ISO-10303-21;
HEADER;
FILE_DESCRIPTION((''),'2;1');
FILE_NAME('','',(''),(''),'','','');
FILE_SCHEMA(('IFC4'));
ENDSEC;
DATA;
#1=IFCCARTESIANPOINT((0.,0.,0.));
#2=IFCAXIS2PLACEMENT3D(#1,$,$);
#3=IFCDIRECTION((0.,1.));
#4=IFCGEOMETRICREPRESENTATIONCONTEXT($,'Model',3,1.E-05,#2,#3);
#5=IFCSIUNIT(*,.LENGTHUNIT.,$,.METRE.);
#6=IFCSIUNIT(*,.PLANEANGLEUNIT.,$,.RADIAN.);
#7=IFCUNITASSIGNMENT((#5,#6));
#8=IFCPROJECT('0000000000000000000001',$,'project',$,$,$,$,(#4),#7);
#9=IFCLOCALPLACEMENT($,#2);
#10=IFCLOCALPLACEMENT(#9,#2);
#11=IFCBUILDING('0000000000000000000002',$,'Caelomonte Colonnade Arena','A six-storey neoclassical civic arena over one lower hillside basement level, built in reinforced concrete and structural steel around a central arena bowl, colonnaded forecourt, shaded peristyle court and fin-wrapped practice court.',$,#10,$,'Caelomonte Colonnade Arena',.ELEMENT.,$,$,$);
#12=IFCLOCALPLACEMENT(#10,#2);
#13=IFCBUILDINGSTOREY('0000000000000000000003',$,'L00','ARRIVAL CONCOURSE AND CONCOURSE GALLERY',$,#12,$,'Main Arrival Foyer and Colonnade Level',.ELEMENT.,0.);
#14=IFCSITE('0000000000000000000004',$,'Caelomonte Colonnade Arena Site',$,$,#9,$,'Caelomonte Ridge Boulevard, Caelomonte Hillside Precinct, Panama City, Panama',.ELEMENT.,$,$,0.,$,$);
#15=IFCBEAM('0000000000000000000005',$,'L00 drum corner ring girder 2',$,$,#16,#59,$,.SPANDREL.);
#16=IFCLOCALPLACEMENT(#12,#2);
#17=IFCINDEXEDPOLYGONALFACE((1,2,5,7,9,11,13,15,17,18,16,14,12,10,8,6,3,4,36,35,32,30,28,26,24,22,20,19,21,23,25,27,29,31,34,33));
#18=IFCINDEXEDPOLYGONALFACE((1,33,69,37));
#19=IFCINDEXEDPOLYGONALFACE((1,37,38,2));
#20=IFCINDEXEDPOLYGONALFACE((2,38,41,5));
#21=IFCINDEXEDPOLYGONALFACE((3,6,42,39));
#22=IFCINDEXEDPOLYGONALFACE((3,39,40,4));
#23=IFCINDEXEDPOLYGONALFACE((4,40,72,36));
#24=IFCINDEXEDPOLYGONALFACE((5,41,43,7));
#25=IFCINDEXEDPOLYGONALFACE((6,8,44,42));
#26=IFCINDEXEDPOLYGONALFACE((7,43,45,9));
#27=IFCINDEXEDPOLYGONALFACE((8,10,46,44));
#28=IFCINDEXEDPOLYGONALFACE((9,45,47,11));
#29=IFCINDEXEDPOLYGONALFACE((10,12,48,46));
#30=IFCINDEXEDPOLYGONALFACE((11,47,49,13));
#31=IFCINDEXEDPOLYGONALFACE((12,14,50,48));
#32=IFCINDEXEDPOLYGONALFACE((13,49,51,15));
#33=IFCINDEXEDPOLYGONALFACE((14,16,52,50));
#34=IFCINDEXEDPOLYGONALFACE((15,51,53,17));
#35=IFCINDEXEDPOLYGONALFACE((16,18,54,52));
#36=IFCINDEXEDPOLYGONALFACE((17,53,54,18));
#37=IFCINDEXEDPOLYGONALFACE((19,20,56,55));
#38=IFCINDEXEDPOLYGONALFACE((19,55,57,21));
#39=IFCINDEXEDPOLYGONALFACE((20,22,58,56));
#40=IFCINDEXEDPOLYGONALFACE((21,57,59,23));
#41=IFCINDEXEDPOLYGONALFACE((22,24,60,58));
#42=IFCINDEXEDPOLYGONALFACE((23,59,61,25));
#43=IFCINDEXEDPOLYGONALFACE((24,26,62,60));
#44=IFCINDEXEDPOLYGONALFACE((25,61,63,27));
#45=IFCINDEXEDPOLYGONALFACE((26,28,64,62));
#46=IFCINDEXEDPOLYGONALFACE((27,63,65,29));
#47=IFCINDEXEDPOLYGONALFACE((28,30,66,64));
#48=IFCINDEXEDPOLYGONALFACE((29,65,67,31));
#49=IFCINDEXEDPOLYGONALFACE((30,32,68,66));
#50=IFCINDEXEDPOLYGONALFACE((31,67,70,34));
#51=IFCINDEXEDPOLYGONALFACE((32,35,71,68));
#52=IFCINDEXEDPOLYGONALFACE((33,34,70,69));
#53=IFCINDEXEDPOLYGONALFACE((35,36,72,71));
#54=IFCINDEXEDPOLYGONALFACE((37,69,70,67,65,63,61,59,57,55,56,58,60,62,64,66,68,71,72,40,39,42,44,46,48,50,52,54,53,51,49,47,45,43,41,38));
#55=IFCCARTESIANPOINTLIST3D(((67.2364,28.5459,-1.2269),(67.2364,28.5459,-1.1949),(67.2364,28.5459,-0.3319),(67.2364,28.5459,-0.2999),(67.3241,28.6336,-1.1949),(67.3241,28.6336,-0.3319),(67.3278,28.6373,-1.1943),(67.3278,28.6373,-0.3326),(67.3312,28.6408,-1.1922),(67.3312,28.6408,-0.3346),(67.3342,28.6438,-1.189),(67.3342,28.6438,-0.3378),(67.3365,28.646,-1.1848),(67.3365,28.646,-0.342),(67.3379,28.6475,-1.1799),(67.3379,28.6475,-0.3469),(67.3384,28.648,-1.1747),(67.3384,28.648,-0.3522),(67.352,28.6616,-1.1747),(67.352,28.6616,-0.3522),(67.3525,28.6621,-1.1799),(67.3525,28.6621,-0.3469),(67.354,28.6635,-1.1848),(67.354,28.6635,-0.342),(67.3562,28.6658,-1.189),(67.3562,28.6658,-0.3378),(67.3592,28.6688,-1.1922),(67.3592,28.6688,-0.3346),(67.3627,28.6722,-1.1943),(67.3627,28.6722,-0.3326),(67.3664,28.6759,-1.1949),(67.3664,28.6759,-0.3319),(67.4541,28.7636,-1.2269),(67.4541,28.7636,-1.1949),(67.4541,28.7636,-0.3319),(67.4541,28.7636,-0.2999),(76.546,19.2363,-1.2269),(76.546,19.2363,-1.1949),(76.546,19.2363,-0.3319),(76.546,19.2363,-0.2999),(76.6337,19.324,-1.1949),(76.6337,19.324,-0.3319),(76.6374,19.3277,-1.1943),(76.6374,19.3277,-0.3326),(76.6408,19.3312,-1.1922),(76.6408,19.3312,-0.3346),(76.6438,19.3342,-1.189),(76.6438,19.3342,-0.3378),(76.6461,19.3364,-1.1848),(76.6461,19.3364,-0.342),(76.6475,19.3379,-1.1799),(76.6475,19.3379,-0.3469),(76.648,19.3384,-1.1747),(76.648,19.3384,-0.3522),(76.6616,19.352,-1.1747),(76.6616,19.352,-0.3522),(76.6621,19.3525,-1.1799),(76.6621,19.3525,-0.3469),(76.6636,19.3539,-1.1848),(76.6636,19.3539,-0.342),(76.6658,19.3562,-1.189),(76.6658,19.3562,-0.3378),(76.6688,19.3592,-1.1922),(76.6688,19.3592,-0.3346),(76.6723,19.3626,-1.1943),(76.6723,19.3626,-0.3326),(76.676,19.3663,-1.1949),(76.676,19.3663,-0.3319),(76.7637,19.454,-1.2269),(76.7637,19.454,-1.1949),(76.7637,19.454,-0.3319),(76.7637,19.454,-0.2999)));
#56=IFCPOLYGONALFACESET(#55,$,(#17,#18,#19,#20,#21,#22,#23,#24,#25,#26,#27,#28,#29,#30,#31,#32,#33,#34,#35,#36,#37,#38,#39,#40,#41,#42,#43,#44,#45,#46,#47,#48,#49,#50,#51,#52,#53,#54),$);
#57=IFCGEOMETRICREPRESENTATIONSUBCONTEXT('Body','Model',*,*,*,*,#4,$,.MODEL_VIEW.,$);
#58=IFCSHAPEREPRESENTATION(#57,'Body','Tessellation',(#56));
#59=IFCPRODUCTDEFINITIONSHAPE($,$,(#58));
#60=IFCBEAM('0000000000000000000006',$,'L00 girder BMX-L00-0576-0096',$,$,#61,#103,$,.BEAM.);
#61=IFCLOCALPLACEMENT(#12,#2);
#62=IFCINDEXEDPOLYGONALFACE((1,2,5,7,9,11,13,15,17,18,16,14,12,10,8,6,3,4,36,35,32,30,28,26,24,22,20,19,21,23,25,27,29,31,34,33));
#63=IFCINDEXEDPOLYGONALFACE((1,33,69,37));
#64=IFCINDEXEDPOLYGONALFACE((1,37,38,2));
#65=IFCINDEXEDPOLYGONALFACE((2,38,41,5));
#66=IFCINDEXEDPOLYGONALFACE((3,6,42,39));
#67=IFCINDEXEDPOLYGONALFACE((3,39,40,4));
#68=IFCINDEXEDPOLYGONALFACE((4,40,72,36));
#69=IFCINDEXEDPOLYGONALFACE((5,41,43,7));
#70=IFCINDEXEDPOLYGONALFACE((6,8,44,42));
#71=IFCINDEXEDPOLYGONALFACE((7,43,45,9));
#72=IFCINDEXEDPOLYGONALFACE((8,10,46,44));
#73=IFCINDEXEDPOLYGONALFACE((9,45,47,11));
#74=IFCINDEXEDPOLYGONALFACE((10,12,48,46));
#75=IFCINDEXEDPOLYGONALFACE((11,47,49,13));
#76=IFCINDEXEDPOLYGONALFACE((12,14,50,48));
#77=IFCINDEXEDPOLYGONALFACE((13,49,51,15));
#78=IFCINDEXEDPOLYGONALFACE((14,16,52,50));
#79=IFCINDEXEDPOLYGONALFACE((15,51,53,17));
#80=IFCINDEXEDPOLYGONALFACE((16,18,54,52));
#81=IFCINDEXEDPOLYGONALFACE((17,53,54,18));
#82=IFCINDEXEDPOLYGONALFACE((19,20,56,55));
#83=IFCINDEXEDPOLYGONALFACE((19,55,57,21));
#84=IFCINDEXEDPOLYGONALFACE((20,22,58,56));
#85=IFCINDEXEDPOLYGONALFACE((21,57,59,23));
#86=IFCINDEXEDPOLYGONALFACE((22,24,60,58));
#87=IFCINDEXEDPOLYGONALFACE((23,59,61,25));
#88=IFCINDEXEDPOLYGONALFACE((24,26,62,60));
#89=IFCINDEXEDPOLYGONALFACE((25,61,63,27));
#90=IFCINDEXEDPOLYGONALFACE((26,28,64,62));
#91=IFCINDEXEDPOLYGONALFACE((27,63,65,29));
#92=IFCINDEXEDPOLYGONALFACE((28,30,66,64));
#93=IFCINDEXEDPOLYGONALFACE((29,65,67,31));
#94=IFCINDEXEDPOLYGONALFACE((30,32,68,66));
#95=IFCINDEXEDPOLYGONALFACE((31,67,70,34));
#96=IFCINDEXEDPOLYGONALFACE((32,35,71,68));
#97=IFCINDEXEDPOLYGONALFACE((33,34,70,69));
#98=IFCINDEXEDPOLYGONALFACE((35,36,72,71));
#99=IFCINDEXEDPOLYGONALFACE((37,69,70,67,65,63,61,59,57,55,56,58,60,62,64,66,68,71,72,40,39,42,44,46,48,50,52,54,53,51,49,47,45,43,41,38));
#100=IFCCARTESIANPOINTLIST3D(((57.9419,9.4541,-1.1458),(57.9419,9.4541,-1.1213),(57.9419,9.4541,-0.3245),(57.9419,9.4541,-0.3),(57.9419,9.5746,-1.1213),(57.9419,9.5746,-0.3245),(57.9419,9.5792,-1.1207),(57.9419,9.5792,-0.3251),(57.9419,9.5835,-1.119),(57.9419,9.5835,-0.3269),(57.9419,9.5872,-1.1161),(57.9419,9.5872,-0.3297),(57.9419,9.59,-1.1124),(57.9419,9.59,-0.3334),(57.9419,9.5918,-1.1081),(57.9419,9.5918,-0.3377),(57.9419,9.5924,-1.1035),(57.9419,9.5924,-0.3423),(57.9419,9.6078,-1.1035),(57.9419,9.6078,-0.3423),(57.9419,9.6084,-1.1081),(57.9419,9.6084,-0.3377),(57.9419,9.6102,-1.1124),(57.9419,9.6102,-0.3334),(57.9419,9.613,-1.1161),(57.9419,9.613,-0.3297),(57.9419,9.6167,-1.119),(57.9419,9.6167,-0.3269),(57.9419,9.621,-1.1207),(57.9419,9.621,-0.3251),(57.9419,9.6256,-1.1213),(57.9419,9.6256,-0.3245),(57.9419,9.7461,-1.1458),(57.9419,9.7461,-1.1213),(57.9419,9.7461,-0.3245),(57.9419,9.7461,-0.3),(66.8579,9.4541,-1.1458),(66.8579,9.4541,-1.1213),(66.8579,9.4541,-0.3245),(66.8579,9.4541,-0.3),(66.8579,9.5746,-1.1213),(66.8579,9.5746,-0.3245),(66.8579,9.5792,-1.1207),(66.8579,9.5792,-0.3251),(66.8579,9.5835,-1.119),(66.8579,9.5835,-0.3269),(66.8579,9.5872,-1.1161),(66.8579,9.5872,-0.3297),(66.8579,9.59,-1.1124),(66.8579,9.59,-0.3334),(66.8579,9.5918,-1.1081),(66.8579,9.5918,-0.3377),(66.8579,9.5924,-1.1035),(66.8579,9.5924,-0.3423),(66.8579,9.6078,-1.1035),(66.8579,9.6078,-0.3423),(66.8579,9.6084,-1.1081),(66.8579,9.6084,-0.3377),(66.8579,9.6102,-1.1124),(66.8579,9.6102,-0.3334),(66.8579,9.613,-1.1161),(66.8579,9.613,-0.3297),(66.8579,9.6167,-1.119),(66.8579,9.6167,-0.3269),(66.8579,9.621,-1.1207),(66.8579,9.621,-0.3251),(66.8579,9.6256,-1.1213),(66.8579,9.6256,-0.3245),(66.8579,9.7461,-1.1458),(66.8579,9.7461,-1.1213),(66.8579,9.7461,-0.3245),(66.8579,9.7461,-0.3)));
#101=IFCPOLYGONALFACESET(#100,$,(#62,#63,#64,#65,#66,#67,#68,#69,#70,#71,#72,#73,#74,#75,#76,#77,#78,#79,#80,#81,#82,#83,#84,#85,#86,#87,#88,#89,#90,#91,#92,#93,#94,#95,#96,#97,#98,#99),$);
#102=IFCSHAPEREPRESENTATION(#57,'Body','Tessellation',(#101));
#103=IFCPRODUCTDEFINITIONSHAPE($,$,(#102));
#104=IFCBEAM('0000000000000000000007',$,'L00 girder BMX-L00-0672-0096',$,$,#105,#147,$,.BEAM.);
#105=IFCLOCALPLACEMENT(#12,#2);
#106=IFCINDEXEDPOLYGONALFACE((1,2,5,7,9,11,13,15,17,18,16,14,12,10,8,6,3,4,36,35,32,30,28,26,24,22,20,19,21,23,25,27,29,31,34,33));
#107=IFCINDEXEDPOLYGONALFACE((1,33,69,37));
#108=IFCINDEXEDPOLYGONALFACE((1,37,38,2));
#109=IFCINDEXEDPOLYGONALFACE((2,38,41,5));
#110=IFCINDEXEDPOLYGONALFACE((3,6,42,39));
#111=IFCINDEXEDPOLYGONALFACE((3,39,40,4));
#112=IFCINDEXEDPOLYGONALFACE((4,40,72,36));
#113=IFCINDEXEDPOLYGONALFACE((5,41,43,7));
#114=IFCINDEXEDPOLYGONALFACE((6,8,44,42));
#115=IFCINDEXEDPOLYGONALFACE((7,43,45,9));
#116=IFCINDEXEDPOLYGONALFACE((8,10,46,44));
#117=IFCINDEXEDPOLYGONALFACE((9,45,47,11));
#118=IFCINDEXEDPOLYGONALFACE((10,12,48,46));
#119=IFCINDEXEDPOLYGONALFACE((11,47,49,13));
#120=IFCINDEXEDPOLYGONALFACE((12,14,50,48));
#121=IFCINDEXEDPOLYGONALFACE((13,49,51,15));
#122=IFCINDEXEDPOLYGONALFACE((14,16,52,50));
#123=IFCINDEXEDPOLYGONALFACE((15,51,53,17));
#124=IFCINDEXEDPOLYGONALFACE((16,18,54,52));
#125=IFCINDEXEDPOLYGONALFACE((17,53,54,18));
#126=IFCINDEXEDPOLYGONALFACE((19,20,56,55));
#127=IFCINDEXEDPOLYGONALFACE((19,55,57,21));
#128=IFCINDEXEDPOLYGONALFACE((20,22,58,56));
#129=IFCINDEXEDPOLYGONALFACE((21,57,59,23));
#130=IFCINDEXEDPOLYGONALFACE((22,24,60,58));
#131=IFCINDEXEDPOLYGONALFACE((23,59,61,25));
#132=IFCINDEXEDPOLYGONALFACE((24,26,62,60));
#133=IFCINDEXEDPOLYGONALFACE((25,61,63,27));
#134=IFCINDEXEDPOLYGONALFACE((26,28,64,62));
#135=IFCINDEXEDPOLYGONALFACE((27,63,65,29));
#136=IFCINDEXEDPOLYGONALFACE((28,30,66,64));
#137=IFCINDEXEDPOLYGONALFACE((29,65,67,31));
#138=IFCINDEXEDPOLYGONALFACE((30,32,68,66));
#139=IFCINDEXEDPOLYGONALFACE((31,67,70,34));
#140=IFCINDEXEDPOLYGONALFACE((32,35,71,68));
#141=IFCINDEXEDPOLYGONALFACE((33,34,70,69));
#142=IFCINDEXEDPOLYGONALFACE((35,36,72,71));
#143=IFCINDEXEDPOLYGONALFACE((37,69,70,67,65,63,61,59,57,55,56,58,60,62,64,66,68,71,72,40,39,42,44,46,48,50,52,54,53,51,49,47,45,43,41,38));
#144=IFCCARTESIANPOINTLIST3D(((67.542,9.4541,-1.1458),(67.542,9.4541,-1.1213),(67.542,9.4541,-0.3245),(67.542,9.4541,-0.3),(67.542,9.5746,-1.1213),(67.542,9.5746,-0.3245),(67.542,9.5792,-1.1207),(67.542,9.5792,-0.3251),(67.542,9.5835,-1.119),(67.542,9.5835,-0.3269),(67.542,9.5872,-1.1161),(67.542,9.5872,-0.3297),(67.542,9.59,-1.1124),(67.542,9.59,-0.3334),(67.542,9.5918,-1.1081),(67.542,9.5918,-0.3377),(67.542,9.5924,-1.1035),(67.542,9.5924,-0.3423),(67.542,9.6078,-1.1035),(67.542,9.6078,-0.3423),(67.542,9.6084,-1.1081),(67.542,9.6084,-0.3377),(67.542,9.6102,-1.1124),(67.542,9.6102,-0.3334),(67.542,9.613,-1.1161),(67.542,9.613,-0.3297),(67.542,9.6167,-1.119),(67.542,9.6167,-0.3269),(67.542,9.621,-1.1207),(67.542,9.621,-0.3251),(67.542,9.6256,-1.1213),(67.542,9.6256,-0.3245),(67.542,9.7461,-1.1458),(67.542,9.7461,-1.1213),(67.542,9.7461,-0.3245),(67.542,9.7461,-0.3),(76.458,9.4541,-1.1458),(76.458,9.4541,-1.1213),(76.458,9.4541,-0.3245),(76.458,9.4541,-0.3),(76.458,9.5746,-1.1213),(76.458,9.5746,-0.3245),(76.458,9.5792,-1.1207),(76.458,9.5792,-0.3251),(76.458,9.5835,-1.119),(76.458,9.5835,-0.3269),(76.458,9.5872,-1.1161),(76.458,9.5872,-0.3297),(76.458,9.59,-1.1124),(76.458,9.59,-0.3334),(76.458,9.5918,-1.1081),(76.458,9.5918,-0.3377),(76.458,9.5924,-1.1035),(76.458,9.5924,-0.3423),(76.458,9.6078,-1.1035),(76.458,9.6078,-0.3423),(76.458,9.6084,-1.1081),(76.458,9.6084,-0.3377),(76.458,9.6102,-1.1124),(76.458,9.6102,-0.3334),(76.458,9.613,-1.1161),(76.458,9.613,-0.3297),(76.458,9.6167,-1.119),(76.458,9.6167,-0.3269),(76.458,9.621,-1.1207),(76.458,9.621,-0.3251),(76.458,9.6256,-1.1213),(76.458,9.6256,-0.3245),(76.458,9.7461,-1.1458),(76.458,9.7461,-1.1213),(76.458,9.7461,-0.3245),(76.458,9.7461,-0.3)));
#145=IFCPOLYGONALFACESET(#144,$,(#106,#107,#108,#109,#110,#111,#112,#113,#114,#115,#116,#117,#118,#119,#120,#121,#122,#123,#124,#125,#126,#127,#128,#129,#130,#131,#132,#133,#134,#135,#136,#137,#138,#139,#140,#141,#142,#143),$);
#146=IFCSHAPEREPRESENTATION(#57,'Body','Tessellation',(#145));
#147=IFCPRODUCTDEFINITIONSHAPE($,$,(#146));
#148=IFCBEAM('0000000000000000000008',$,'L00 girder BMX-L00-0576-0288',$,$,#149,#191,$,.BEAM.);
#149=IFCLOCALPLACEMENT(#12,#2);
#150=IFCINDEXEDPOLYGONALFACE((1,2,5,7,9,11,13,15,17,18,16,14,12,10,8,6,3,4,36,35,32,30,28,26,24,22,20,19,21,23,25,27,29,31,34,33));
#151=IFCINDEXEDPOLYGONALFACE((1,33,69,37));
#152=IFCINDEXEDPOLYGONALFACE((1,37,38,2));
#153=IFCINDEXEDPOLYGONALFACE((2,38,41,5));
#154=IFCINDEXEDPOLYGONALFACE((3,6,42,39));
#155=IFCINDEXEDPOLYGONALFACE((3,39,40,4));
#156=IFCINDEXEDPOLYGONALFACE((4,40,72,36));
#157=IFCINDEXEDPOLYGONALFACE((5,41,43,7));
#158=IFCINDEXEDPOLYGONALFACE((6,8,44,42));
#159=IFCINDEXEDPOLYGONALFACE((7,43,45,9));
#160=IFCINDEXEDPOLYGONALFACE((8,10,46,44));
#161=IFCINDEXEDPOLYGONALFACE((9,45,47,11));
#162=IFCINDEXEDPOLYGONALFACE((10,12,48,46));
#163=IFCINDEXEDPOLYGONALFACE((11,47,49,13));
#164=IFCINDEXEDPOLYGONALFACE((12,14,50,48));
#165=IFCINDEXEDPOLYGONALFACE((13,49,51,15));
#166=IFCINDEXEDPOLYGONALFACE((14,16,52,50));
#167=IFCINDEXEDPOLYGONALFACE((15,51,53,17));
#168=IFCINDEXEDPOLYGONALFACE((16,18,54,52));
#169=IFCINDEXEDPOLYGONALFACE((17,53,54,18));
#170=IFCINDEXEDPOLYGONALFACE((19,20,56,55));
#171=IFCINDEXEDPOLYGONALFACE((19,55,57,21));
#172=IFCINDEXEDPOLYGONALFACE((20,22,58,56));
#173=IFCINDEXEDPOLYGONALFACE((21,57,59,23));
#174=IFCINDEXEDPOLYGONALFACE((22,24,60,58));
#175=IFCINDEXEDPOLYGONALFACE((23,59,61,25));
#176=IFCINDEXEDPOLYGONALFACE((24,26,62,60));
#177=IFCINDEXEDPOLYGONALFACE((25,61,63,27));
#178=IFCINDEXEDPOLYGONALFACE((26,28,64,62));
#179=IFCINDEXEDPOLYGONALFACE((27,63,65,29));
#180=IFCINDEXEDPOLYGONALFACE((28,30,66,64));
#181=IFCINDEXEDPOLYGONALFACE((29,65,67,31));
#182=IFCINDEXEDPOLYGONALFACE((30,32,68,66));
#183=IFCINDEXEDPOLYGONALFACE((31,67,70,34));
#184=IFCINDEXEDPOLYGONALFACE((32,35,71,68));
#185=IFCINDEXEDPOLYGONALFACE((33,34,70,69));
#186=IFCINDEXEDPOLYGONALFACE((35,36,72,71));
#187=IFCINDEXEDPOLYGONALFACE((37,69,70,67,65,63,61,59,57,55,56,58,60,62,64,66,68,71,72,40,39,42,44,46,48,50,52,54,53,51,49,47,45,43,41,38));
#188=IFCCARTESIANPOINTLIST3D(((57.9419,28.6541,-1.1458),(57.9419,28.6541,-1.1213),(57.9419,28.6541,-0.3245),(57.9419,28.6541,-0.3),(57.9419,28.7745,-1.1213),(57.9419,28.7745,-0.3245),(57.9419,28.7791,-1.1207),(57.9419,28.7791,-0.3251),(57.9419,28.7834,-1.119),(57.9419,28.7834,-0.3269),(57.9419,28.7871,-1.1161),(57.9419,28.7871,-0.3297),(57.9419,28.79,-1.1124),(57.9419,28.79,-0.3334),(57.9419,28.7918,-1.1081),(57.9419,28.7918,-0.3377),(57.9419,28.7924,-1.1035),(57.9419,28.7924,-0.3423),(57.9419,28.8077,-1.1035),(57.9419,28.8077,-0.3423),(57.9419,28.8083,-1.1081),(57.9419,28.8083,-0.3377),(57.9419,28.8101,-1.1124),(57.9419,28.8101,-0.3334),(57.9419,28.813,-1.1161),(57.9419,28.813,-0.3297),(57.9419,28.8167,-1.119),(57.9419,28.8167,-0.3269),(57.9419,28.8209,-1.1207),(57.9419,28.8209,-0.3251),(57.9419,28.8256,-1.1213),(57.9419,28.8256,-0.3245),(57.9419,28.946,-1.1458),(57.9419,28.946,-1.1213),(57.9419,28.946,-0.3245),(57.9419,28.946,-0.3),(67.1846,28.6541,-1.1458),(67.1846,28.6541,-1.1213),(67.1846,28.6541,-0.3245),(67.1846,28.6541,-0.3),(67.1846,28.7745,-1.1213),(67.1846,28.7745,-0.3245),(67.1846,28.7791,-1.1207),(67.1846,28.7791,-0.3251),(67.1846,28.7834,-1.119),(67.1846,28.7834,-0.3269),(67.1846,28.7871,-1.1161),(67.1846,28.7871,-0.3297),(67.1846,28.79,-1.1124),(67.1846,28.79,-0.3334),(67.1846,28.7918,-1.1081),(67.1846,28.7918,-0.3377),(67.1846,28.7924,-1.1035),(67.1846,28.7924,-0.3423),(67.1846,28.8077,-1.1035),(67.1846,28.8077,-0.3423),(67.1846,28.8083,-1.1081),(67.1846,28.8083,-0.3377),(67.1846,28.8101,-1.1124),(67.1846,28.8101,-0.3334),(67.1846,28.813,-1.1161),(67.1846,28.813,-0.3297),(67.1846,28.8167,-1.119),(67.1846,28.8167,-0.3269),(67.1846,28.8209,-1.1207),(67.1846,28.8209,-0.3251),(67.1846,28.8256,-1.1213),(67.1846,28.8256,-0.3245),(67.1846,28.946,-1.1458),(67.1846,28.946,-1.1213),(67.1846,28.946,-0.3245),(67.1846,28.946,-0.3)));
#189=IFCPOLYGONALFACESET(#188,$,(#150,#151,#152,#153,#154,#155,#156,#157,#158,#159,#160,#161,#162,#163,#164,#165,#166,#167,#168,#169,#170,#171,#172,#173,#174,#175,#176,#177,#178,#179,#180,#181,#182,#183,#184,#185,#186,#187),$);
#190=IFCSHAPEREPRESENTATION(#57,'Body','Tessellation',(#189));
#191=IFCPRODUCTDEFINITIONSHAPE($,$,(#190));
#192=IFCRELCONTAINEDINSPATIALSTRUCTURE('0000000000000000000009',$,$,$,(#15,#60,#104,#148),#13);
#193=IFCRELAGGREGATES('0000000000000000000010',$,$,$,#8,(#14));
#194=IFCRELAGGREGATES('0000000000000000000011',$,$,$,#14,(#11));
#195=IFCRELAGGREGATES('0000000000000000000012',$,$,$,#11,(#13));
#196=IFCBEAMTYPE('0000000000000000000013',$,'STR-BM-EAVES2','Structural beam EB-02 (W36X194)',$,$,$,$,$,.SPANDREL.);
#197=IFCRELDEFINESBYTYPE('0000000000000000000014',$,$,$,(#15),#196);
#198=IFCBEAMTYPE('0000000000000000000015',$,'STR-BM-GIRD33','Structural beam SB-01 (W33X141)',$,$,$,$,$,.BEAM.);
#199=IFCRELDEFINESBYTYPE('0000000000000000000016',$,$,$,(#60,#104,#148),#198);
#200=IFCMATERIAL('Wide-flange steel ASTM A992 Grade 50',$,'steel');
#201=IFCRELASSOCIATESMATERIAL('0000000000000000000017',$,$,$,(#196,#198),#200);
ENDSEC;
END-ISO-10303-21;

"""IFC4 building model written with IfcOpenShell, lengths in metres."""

from ifc_helpers import new_model, si_unit, direction, frame, origin, origin_2d, place, context, subcontext, project, spatial, i_section, extrude, material, material_profile, profile_set, type_object, element, save


model = new_model("IFC4")

# Units and contexts
model_context = context("Model", 3, precision=1e-05, world=origin(), true_north=direction((0.0, 1.0)))
body_context = subcontext(model_context, "Body", "Model", "MODEL_VIEW")
ifc_project = project(units=[si_unit("LENGTHUNIT", "METRE"), si_unit("PLANEANGLEUNIT", "RADIAN")], contexts=[model_context])

# Site, building, storey
site_placement = place(None, origin())
site = spatial("IfcSite", under=ifc_project, at=site_placement, Name="Caelomonte Colonnade Arena Site", LongName="Caelomonte Ridge Boulevard, Caelomonte Hillside Precinct, Panama City, Panama", CompositionType="ELEMENT", RefElevation=0.0)
building_placement = place(site_placement, origin())
building = spatial("IfcBuilding", under=site, at=building_placement, Name="Caelomonte Colonnade Arena", Description="A six-storey neoclassical civic arena over one lower hillside basement level, built in reinforced concrete and structural steel around a central arena bowl, colonnaded forecourt, shaded peristyle court and fin-wrapped practice court.", LongName="Caelomonte Colonnade Arena", CompositionType="ELEMENT")
storey_placement = place(building_placement, origin())
storey = spatial("IfcBuildingStorey", under=building, at=storey_placement, Name="L00", Description="ARRIVAL CONCOURSE AND CONCOURSE GALLERY", LongName="Main Arrival Foyer and Colonnade Level", CompositionType="ELEMENT", Elevation=0.0)

# Shared definitions
ifc_material_1 = material(Name="Wide-flange steel ASTM A992 Grade 50", Category="steel")

# Beams
ifc_material_profile_1 = material_profile(ifc_material_1, i_section(OverallWidth=0.3079, OverallDepth=0.927, WebThickness=0.0193, FlangeThickness=0.032, FilletRadius=0.0203, at=origin_2d()), Name="W36X194")
ifc_profile_set_1 = profile_set([ifc_material_profile_1], Name="Wide-flange steel ASTM A992 Grade 50")
beam_type_1 = type_object("IfcBeamType", Name="STR-BM-EAVES2", Description="Structural beam EB-02 (W36X194)", PredefinedType="SPANDREL", material=ifc_profile_set_1)
beam_1_placement = place(storey_placement, frame((67.3452, 28.6548, -0.7634), z_axis=(0.707107, -0.707107, 0.0), x_axis=(0.707107, 0.707107, 0.0)))
element("IfcBeam", 1, at=beam_1_placement, inside=storey, type_object=beam_type_1, Name="L00 drum corner ring girder 2", PredefinedType="SPANDREL", context=body_context, shape_type="SweptSolid", body=[
    extrude(i_section(OverallWidth=0.3079, OverallDepth=0.927, WebThickness=0.0193, FlangeThickness=0.032, FilletRadius=0.0203, at=origin_2d()), origin(), (0.0, 0.0, 1.0), 13.1658),
])
ifc_material_profile_2 = material_profile(ifc_material_1, i_section(OverallWidth=0.292, OverallDepth=0.8457, WebThickness=0.0154, FlangeThickness=0.0244, FilletRadius=0.0178, at=origin_2d()), Name="W33X141")
ifc_profile_set_2 = profile_set([ifc_material_profile_2], Name="Wide-flange steel ASTM A992 Grade 50")
beam_type_2 = type_object("IfcBeamType", Name="STR-BM-GIRD33", Description="Structural beam SB-01 (W33X141)", PredefinedType="BEAM", material=ifc_profile_set_2)
for number, where, z_axis, x_axis, name in (
    (2, (57.9419, 9.6001, -0.7229), (1.0, 0.0, 0.0), (0.0, 1.0, 0.0), "L00 girder BMX-L00-0576-0096"),
    (3, (67.542, 9.6001, -0.7229), (1.0, 0.0, 0.0), (0.0, 1.0, 0.0), "L00 girder BMX-L00-0672-0096"),
):
    element("IfcBeam", number, at=place(storey_placement, frame(where, z_axis=z_axis, x_axis=x_axis)), inside=storey, type_object=beam_type_2, Name=name, PredefinedType="BEAM", context=body_context, shape_type="SweptSolid", body=[
        extrude(i_section(OverallWidth=0.292, OverallDepth=0.8457, WebThickness=0.0154, FlangeThickness=0.0244, FilletRadius=0.0178, at=origin_2d()), origin(), (0.0, 0.0, 1.0), 8.916),
    ])
beam_2_placement = place(storey_placement, frame((57.9419, 28.8, -0.7229), z_axis=(1.0, 0.0, 0.0), x_axis=(0.0, 1.0, 0.0)))
element("IfcBeam", 4, at=beam_2_placement, inside=storey, type_object=beam_type_2, Name="L00 girder BMX-L00-0576-0288", PredefinedType="BEAM", context=body_context, shape_type="SweptSolid", body=[
    extrude(i_section(OverallWidth=0.292, OverallDepth=0.8457, WebThickness=0.0154, FlangeThickness=0.0244, FilletRadius=0.0178, at=origin_2d()), origin(), (0.0, 0.0, 1.0), 9.2427),
])

save(model, "model.ifc")
